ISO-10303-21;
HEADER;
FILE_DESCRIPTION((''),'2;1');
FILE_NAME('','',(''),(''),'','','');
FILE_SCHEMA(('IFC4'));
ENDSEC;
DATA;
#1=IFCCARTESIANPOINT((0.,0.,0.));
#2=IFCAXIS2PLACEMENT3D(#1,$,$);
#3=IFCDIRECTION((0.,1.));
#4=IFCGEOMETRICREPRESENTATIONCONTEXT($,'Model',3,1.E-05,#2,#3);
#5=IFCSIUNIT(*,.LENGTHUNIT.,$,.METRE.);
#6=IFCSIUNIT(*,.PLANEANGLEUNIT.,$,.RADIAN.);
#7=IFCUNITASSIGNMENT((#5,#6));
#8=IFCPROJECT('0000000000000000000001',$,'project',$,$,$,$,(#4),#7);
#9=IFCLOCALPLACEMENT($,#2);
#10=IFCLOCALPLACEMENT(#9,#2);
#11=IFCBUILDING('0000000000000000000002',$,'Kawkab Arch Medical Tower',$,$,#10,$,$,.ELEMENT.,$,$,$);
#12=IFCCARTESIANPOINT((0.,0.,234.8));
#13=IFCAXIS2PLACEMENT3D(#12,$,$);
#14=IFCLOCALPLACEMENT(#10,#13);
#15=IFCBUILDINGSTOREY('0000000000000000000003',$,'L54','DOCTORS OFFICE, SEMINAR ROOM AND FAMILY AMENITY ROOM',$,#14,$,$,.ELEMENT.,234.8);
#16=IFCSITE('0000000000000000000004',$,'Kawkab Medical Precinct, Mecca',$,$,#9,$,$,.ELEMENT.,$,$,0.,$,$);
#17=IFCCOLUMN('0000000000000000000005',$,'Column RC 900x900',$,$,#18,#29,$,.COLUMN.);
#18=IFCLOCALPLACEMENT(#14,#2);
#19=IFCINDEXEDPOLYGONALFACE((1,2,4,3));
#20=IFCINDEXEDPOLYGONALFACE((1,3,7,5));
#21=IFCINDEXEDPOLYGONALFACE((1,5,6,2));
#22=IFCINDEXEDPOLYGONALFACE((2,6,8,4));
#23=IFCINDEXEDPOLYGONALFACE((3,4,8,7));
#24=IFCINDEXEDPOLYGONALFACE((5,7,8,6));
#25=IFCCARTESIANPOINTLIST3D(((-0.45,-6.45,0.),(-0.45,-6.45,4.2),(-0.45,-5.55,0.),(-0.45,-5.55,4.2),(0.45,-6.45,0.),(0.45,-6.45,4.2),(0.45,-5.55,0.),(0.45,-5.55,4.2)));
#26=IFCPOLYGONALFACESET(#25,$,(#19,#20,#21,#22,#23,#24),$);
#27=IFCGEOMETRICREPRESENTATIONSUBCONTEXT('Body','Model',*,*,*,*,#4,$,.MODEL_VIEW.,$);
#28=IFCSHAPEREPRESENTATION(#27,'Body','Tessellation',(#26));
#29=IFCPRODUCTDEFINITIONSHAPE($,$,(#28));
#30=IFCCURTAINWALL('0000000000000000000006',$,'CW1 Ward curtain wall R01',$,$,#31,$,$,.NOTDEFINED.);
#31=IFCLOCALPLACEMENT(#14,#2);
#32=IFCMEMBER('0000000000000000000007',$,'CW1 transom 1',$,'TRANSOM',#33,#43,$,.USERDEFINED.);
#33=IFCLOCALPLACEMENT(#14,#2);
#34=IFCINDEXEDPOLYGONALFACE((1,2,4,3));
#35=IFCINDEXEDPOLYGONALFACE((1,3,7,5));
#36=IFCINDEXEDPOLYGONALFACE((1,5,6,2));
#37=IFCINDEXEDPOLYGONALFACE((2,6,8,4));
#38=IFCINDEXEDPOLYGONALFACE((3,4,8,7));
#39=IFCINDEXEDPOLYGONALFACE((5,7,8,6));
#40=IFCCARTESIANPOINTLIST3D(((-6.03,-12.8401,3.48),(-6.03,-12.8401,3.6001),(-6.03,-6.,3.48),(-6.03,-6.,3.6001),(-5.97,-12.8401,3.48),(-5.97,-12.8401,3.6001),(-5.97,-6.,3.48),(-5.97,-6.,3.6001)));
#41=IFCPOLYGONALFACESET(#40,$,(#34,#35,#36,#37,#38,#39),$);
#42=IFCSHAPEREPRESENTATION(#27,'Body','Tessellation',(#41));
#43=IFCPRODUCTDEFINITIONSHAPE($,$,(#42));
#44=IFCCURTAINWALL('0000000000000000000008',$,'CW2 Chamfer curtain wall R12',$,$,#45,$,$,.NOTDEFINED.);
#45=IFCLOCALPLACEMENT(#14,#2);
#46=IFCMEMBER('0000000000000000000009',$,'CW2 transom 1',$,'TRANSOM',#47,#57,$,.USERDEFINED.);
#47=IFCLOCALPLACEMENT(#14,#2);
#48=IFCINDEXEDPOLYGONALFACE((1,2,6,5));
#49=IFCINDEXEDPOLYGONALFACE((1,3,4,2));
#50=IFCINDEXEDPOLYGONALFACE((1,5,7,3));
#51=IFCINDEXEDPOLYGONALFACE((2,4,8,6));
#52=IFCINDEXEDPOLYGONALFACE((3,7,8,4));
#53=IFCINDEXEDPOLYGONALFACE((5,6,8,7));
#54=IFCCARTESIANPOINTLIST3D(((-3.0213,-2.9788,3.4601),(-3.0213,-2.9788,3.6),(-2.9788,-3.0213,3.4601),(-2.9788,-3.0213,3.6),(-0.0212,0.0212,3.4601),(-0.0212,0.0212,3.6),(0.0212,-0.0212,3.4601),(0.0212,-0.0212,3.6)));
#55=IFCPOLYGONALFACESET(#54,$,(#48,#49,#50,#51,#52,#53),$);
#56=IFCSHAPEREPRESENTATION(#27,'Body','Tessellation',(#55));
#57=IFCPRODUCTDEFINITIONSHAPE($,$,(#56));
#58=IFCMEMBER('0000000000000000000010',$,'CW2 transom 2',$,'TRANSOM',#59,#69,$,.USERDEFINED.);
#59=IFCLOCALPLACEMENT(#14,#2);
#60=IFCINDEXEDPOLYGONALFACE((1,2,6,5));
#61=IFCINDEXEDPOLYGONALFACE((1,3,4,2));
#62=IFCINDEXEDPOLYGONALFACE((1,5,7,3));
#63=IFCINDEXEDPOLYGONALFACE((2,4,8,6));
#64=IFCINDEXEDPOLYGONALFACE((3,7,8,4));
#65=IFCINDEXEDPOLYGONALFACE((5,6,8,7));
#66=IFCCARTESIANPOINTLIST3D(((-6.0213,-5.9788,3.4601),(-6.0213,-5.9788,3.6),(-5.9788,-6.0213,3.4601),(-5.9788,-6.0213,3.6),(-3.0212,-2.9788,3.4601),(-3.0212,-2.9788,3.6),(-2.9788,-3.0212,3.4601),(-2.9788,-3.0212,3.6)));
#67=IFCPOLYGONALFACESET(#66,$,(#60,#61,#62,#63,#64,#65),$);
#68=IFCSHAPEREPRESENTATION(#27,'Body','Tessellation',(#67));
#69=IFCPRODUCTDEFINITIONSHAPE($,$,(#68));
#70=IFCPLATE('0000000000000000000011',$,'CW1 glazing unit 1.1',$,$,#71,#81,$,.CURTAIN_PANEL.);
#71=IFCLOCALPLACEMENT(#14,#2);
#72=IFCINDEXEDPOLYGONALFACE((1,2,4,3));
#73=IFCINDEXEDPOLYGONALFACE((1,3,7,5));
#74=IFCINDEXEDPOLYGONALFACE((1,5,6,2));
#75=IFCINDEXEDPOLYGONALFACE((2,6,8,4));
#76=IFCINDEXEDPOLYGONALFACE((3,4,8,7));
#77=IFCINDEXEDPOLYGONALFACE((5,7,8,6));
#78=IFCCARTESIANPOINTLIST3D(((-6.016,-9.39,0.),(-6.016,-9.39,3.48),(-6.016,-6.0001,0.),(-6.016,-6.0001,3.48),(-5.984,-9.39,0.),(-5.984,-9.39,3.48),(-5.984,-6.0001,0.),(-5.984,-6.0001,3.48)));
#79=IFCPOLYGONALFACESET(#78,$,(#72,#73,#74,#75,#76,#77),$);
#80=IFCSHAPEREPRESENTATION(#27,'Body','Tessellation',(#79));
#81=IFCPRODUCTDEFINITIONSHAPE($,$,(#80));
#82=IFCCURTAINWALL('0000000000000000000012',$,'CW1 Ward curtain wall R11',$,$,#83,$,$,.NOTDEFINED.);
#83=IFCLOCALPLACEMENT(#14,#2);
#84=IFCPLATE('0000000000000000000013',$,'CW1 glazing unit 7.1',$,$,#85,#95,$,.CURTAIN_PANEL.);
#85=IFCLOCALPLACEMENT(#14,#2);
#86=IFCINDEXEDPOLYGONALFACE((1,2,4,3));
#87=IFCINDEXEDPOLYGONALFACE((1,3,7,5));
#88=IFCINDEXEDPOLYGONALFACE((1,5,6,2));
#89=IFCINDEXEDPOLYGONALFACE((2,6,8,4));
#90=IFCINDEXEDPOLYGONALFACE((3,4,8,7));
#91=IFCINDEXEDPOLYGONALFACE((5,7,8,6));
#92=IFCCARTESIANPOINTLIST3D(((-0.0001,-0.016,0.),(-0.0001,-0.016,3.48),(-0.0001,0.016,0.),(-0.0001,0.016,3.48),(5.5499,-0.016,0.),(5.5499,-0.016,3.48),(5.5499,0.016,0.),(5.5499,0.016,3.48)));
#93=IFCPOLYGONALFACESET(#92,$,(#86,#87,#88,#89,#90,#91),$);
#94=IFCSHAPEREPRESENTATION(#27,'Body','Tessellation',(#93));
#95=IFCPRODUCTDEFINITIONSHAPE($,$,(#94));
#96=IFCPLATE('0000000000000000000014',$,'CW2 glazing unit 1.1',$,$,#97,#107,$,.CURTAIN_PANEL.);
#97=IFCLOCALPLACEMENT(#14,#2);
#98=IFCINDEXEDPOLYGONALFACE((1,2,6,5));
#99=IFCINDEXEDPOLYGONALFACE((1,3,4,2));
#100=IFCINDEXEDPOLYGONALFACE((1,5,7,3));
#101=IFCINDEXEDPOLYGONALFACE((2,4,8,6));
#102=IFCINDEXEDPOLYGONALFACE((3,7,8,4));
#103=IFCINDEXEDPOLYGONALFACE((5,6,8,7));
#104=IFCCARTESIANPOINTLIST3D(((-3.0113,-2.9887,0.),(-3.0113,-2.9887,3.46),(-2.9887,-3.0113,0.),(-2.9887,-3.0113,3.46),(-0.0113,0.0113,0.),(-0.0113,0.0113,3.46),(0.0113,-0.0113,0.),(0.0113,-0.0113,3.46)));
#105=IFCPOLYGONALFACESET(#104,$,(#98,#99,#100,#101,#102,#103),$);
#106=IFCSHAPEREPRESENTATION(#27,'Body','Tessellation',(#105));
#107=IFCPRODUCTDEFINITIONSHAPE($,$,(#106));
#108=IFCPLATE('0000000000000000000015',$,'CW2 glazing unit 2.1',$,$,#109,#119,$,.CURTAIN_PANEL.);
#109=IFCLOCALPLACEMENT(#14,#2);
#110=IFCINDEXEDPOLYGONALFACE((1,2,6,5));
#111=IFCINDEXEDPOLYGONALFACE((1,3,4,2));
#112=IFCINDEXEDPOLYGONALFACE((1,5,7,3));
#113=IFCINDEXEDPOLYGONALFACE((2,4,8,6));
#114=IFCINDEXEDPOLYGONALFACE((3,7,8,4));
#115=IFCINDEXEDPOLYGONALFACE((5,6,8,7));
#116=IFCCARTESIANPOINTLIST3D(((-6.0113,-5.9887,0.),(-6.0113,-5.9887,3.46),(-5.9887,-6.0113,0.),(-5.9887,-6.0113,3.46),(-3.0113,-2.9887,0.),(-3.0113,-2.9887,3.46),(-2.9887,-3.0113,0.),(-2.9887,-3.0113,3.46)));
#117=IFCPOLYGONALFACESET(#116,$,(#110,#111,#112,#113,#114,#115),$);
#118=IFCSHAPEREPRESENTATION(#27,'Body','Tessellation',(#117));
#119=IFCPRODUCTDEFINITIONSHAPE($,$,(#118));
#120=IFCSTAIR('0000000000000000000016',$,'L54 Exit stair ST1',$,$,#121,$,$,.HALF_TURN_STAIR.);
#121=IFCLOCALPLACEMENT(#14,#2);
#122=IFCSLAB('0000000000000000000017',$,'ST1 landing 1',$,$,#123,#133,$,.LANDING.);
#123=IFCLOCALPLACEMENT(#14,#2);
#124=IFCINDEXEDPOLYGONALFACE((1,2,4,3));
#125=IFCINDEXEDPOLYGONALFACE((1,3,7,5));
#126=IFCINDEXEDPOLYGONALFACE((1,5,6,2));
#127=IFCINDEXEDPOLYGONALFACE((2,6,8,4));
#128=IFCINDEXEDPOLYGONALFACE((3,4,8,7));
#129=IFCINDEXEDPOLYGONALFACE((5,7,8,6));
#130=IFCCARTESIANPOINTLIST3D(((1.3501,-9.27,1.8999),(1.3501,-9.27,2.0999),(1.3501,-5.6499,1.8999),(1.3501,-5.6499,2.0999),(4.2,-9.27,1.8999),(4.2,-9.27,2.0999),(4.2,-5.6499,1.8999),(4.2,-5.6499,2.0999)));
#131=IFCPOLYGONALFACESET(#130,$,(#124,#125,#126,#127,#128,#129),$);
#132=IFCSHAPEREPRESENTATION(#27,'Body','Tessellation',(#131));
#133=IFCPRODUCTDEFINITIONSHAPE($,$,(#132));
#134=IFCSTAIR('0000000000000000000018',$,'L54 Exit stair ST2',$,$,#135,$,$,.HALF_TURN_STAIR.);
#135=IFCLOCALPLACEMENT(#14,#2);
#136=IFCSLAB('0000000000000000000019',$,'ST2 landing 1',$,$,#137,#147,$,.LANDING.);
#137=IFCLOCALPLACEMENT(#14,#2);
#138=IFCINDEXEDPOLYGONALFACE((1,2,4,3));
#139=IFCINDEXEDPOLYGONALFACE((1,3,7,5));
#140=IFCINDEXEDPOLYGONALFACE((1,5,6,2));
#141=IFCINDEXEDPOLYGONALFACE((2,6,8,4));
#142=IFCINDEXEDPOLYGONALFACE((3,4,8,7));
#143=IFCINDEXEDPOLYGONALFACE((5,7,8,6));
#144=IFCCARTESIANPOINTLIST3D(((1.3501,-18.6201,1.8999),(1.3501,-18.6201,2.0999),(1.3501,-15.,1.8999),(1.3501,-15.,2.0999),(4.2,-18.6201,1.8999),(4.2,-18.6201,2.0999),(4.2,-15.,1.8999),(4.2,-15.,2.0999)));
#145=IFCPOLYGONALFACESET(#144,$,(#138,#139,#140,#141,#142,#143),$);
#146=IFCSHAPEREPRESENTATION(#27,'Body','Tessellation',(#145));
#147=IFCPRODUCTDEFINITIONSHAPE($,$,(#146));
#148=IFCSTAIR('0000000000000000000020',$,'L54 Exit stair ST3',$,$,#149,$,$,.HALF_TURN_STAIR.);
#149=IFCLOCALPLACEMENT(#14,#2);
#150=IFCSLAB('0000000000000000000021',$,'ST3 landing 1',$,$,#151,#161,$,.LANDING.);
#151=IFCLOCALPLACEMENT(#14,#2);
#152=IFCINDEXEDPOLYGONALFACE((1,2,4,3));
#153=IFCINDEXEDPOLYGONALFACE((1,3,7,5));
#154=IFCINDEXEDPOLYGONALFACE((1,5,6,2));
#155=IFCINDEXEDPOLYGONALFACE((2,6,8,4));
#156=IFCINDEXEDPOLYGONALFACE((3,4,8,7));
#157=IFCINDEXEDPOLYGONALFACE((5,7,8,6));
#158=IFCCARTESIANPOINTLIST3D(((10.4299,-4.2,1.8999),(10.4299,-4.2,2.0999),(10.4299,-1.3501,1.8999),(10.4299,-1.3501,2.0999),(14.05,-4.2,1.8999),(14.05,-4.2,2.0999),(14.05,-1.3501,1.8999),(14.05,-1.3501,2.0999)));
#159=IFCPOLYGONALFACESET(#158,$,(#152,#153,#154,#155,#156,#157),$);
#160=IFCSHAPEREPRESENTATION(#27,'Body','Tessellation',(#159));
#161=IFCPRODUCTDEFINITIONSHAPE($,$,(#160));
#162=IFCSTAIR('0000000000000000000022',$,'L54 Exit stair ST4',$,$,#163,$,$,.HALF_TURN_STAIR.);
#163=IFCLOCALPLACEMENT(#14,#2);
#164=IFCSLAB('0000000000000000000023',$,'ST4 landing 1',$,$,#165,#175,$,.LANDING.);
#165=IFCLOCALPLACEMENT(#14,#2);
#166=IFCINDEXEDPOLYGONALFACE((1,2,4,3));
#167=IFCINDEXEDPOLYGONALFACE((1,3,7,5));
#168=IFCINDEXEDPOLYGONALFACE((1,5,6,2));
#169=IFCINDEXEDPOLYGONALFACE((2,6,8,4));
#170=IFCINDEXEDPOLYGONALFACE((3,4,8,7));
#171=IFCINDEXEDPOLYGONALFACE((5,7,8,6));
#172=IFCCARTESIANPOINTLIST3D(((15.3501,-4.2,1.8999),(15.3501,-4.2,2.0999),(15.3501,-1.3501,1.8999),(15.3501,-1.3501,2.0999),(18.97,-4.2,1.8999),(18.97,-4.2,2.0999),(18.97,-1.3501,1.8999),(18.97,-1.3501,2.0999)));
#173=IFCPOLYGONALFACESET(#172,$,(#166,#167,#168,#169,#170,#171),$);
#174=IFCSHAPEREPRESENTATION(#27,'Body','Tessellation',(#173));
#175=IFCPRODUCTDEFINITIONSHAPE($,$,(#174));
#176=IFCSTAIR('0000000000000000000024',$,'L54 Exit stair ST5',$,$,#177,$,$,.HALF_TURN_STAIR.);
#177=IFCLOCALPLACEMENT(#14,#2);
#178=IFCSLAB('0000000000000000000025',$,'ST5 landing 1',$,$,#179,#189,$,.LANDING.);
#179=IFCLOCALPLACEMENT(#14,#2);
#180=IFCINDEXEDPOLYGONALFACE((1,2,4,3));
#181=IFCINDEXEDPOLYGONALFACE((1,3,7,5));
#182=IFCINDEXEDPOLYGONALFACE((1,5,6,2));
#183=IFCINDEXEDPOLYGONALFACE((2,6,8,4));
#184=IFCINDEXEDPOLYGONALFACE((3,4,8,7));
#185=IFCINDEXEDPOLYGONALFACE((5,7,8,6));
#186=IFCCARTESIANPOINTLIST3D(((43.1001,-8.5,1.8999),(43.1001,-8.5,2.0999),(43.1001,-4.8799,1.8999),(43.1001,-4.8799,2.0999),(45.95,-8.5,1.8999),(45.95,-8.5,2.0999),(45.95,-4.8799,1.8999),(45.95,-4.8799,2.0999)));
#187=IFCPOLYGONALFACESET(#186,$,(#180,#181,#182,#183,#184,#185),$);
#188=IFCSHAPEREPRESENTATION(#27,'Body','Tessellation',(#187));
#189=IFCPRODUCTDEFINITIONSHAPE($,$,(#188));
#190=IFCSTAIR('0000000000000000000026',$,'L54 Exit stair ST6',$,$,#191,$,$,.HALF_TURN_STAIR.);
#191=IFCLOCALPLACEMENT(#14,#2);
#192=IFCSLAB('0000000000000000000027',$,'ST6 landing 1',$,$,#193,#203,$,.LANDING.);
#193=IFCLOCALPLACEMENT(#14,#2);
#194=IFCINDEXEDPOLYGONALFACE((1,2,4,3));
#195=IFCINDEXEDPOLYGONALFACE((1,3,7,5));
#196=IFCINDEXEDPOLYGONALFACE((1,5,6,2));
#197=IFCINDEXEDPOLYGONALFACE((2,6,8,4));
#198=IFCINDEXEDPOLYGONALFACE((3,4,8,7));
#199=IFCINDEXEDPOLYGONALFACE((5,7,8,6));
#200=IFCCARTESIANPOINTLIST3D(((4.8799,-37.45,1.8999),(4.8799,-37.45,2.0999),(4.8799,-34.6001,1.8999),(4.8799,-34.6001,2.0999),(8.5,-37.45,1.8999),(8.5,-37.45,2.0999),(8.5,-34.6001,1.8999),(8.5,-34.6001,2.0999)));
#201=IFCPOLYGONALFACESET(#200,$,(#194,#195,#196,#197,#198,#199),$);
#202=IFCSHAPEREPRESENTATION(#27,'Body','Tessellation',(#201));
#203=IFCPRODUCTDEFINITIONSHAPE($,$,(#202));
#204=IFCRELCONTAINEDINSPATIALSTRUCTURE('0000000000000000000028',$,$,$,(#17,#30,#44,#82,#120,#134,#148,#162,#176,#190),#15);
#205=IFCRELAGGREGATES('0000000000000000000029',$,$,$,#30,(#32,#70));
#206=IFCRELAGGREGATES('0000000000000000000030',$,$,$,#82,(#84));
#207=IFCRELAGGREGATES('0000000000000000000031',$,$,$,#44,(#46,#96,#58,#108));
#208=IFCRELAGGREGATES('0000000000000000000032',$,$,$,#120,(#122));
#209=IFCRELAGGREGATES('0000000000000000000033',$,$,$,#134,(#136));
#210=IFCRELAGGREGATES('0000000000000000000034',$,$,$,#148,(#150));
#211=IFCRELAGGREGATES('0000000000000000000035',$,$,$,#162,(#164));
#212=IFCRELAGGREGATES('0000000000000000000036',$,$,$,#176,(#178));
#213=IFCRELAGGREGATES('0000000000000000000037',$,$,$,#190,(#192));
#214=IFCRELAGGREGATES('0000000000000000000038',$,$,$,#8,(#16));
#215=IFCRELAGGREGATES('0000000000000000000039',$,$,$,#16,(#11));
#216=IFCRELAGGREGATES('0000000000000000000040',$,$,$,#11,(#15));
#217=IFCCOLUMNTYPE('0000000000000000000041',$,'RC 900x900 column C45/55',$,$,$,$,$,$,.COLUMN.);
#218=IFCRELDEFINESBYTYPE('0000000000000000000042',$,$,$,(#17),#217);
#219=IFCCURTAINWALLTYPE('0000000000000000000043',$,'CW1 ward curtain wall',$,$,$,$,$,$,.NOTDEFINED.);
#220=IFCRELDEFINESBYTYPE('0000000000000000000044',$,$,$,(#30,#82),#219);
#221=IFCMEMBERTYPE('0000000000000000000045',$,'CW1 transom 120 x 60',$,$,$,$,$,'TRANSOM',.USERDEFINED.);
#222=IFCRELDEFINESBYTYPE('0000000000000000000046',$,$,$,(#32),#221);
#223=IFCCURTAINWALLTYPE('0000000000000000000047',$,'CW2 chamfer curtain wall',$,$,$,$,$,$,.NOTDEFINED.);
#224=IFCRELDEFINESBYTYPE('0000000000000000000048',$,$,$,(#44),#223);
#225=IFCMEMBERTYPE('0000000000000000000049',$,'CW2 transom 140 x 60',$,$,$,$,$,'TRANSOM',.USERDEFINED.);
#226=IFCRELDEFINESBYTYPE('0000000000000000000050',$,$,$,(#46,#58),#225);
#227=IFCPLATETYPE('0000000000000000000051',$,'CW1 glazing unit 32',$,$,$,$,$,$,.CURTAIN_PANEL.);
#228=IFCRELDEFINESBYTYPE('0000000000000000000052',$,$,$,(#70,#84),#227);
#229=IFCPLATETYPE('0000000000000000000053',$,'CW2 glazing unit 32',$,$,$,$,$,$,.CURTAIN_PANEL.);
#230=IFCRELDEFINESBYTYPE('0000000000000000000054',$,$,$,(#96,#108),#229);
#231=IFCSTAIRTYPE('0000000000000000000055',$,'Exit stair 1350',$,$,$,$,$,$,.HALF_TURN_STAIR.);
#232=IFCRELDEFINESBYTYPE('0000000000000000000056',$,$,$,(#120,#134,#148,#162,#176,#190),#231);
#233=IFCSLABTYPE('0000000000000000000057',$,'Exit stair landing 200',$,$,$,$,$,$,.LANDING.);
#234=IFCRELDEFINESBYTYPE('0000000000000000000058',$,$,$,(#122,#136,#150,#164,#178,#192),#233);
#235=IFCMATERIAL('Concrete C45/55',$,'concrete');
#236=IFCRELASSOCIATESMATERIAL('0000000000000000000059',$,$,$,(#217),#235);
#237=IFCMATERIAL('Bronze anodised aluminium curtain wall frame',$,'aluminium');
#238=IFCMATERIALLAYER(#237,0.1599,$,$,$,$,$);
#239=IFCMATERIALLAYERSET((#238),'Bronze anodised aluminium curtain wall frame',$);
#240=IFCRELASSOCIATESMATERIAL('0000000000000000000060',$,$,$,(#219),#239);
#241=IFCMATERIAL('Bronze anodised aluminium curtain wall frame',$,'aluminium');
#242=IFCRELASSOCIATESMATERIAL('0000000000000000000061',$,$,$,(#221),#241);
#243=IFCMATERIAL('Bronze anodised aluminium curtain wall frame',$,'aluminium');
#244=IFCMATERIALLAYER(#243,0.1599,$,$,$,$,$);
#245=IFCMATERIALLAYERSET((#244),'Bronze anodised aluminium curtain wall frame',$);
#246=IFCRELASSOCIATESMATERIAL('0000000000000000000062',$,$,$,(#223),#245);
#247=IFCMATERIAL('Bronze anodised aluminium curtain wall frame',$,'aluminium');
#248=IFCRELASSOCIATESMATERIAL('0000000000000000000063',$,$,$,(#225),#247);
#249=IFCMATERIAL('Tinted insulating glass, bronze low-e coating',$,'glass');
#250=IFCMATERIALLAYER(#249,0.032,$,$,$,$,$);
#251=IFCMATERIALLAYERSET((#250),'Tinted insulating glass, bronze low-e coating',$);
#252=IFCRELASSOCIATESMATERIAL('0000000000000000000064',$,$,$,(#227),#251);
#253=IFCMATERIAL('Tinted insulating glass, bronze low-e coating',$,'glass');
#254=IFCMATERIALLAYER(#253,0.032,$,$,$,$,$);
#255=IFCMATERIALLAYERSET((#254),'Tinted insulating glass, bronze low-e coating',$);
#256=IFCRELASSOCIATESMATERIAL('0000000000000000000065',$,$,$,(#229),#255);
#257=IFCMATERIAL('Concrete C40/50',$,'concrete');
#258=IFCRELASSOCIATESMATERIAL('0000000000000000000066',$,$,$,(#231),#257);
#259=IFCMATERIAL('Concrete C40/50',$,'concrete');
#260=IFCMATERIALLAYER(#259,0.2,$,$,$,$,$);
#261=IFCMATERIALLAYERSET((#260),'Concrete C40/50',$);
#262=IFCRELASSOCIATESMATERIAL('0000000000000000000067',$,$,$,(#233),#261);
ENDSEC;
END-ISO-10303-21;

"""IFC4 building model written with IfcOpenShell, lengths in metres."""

from ifc_helpers import new_model, si_unit, direction, frame, origin, origin_2d, place, context, subcontext, project, spatial, polyline, rectangle, outline, extrude, material, layer, layer_set, material_profile, profile_set, type_object, element, aggregate, save


model = new_model("IFC4")

# Units and contexts
model_context = context("Model", 3, precision=1e-05, world=origin(), true_north=direction((0.0, 1.0)))
body_context = subcontext(model_context, "Body", "Model", "MODEL_VIEW")
ifc_project = project(units=[si_unit("LENGTHUNIT", "METRE"), si_unit("PLANEANGLEUNIT", "RADIAN")], contexts=[model_context])

# Site, building, storey
site_placement = place(None, origin())
site = spatial("IfcSite", under=ifc_project, at=site_placement, Name="Kawkab Medical Precinct, Mecca", CompositionType="ELEMENT", RefElevation=0.0)
building_placement = place(site_placement, origin())
building = spatial("IfcBuilding", under=site, at=building_placement, Name="Kawkab Arch Medical Tower", CompositionType="ELEMENT")
storey_placement = place(building_placement, frame((0.0, 0.0, 234.8)))
storey = spatial("IfcBuildingStorey", under=building, at=storey_placement, Name="L54", Description="DOCTORS OFFICE, SEMINAR ROOM AND FAMILY AMENITY ROOM", CompositionType="ELEMENT", Elevation=234.8)

# Column
ifc_material_1 = material(Name="Concrete C45/55", Category="concrete")
ifc_material_profile_1 = material_profile(ifc_material_1, rectangle(XDim=0.8999, YDim=0.8999, at=origin_2d()), Name="RC 900x900")
ifc_profile_set_1 = profile_set([ifc_material_profile_1], Name="Concrete C45/55")
column_type = type_object("IfcColumnType", Name="RC 900x900 column C45/55", PredefinedType="COLUMN", material=ifc_profile_set_1)
column_placement = place(storey_placement, frame((0.0, -6.0, 0.0), z_axis=(0.0, 0.0, 1.0), x_axis=(1.0, 0.0, 0.0)))
element("IfcColumn", 1, at=column_placement, inside=storey, type_object=column_type, Name="Column RC 900x900", PredefinedType="COLUMN", context=body_context, shape_type="SweptSolid", body=[
    extrude(rectangle(XDim=0.8999, YDim=0.8999, at=origin_2d()), origin(), (0.0, 0.0, 1.0), 4.2),
])

# Curtain wall, member
ifc_material_2 = material(Name="Bronze anodised aluminium curtain wall frame", Category="aluminium")
ifc_layer_1 = layer(ifc_material_2, 0.1599)
ifc_layer_set_1 = layer_set([ifc_layer_1], Name="Bronze anodised aluminium curtain wall frame")
curtain_wall_type_1 = type_object("IfcCurtainWallType", Name="CW1 ward curtain wall", PredefinedType="NOTDEFINED", material=ifc_layer_set_1)
placement_1 = place(storey_placement, origin())
curtain_wall_1 = element("IfcCurtainWall", 2, at=placement_1, inside=storey, type_object=curtain_wall_type_1, Name="CW1 Ward curtain wall R01", PredefinedType="NOTDEFINED")
ifc_material_3 = material(Name="Bronze anodised aluminium curtain wall frame", Category="aluminium")
ifc_material_profile_2 = material_profile(ifc_material_3, rectangle(XDim=0.0601, YDim=0.1201, at=origin_2d()), Name="AL 60x120")
ifc_profile_set_2 = profile_set([ifc_material_profile_2], Name="Bronze anodised aluminium curtain wall frame")
member_type_1 = type_object("IfcMemberType", Name="CW1 transom 120 x 60", ElementType="TRANSOM", PredefinedType="USERDEFINED", material=ifc_profile_set_2)
member_1_placement = place(storey_placement, frame((-6.0, -6.0, 3.54), z_axis=(0.0, -1.0, 0.0), x_axis=(1.0, 0.0, 0.0)))
member_1 = element("IfcMember", 3, at=member_1_placement, type_object=member_type_1, Name="CW1 transom 1", ObjectType="TRANSOM", PredefinedType="USERDEFINED", context=body_context, shape_type="SweptSolid", body=[
    extrude(rectangle(XDim=0.0601, YDim=0.1201, at=origin_2d()), origin(), (0.0, 0.0, 1.0), 6.8401),
])

# Curtain wall, members
ifc_material_4 = material(Name="Bronze anodised aluminium curtain wall frame", Category="aluminium")
ifc_layer_2 = layer(ifc_material_4, 0.1599)
ifc_layer_set_2 = layer_set([ifc_layer_2], Name="Bronze anodised aluminium curtain wall frame")
curtain_wall_type_2 = type_object("IfcCurtainWallType", Name="CW2 chamfer curtain wall", PredefinedType="NOTDEFINED", material=ifc_layer_set_2)
curtain_wall_2 = element("IfcCurtainWall", 4, at=placement_1, inside=storey, type_object=curtain_wall_type_2, Name="CW2 Chamfer curtain wall R12", PredefinedType="NOTDEFINED")
ifc_material_5 = material(Name="Bronze anodised aluminium curtain wall frame", Category="aluminium")
ifc_material_profile_3 = material_profile(ifc_material_5, rectangle(XDim=0.0601, YDim=0.1399, at=origin_2d()), Name="AL 60x140")
ifc_profile_set_3 = profile_set([ifc_material_profile_3], Name="Bronze anodised aluminium curtain wall frame")
member_type_2 = type_object("IfcMemberType", Name="CW2 transom 140 x 60", ElementType="TRANSOM", PredefinedType="USERDEFINED", material=ifc_profile_set_3)
member_2_placement = place(storey_placement, frame((0.0, 0.0, 3.53), z_axis=(-0.707107, -0.707107, 0.0), x_axis=(0.707107, -0.707107, 0.0)))
member_2 = element("IfcMember", 5, at=member_2_placement, type_object=member_type_2, Name="CW2 transom 1", ObjectType="TRANSOM", PredefinedType="USERDEFINED", context=body_context, shape_type="SweptSolid", body=[
    extrude(rectangle(XDim=0.0601, YDim=0.1399, at=origin_2d()), origin(), (0.0, 0.0, 1.0), 4.2427),
])
member_3_placement = place(storey_placement, frame((-3.0, -3.0, 3.53), z_axis=(-0.707107, -0.707107, 0.0), x_axis=(0.707107, -0.707107, 0.0)))
member_3 = element("IfcMember", 6, at=member_3_placement, type_object=member_type_2, Name="CW2 transom 2", ObjectType="TRANSOM", PredefinedType="USERDEFINED", context=body_context, shape_type="SweptSolid", body=[
    extrude(rectangle(XDim=0.0601, YDim=0.1399, at=origin_2d()), origin(), (0.0, 0.0, 1.0), 4.2427),
])

# Plate
ifc_material_6 = material(Name="Tinted insulating glass, bronze low-e coating", Category="glass")
ifc_layer_3 = layer(ifc_material_6, 0.032)
ifc_layer_set_3 = layer_set([ifc_layer_3], Name="Tinted insulating glass, bronze low-e coating")
plate_type_1 = type_object("IfcPlateType", Name="CW1 glazing unit 32", PredefinedType="CURTAIN_PANEL", material=ifc_layer_set_3)
plate_1_placement = place(storey_placement, frame((-6.0, -7.6951, 0.0), z_axis=(0.0, 0.0, 1.0), x_axis=(0.0, -1.0, 0.0)))
plate_1 = element("IfcPlate", 7, at=plate_1_placement, type_object=plate_type_1, Name="CW1 glazing unit 1.1", PredefinedType="CURTAIN_PANEL", context=body_context, shape_type="SweptSolid", body=[
    extrude(rectangle(XDim=3.3899, YDim=0.032, at=origin_2d()), origin(), (0.0, 0.0, 1.0), 3.48),
])
aggregate(curtain_wall_1, [member_1, plate_1])

# Curtain wall, plate
curtain_wall_3 = element("IfcCurtainWall", 8, at=placement_1, inside=storey, type_object=curtain_wall_type_1, Name="CW1 Ward curtain wall R11", PredefinedType="NOTDEFINED")
plate_2_placement = place(storey_placement, frame((2.7749, 0.0, 0.0), z_axis=(0.0, 0.0, 1.0), x_axis=(-1.0, 0.0, 0.0)))
plate_2 = element("IfcPlate", 9, at=plate_2_placement, type_object=plate_type_1, Name="CW1 glazing unit 7.1", PredefinedType="CURTAIN_PANEL", context=body_context, shape_type="SweptSolid", body=[
    extrude(rectangle(XDim=5.55, YDim=0.032, at=origin_2d()), origin(), (0.0, 0.0, 1.0), 3.48),
])
aggregate(curtain_wall_3, [plate_2])

# Plates
ifc_material_7 = material(Name="Tinted insulating glass, bronze low-e coating", Category="glass")
ifc_layer_4 = layer(ifc_material_7, 0.032)
ifc_layer_set_4 = layer_set([ifc_layer_4], Name="Tinted insulating glass, bronze low-e coating")
plate_type_2 = type_object("IfcPlateType", Name="CW2 glazing unit 32", PredefinedType="CURTAIN_PANEL", material=ifc_layer_set_4)
plate_3_placement = place(storey_placement, frame((-1.5, -1.5, 0.0), z_axis=(0.0, 0.0, 1.0), x_axis=(-0.707107, -0.707107, 0.0)))
plate_3 = element("IfcPlate", 10, at=plate_3_placement, type_object=plate_type_2, Name="CW2 glazing unit 1.1", PredefinedType="CURTAIN_PANEL", context=body_context, shape_type="SweptSolid", body=[
    extrude(rectangle(XDim=4.2427, YDim=0.032, at=origin_2d()), origin(), (0.0, 0.0, 1.0), 3.46),
])
plate_4_placement = place(storey_placement, frame((-4.5, -4.5, 0.0), z_axis=(0.0, 0.0, 1.0), x_axis=(-0.707107, -0.707107, 0.0)))
plate_4 = element("IfcPlate", 11, at=plate_4_placement, type_object=plate_type_2, Name="CW2 glazing unit 2.1", PredefinedType="CURTAIN_PANEL", context=body_context, shape_type="SweptSolid", body=[
    extrude(rectangle(XDim=4.2427, YDim=0.032, at=origin_2d()), origin(), (0.0, 0.0, 1.0), 3.46),
])
aggregate(curtain_wall_2, [member_2, plate_3, member_3, plate_4])

# Stairs, slabs
ifc_material_8 = material(Name="Concrete C40/50", Category="concrete")
stair_type = type_object("IfcStairType", Name="Exit stair 1350", PredefinedType="HALF_TURN_STAIR", material=ifc_material_8)
stair_1 = element("IfcStair", 12, at=placement_1, inside=storey, type_object=stair_type, Name="L54 Exit stair ST1", PredefinedType="HALF_TURN_STAIR")
ifc_material_9 = material(Name="Concrete C40/50", Category="concrete")
ifc_layer_5 = layer(ifc_material_9, 0.2)
ifc_layer_set_5 = layer_set([ifc_layer_5], Name="Concrete C40/50")
slab_type_1 = type_object("IfcSlabType", Name="Exit stair landing 200", PredefinedType="LANDING", material=ifc_layer_set_5)
placement_2 = place(storey_placement, frame((0.0, 0.0, 1.8999)))
slab_1 = element("IfcSlab", 13, at=placement_2, type_object=slab_type_1, Name="ST1 landing 1", PredefinedType="LANDING", context=body_context, shape_type="SweptSolid", body=[
    extrude(outline(polyline([(4.2, -9.27), (4.2, -5.6499), (1.3501, -5.6499), (1.3501, -9.27), (4.2, -9.27)])), origin(), (0.0, 0.0, 1.0), 0.2),
])
aggregate(stair_1, [slab_1])
stair_2 = element("IfcStair", 14, at=placement_1, inside=storey, type_object=stair_type, Name="L54 Exit stair ST2", PredefinedType="HALF_TURN_STAIR")
slab_2 = element("IfcSlab", 15, at=placement_2, type_object=slab_type_1, Name="ST2 landing 1", PredefinedType="LANDING", context=body_context, shape_type="SweptSolid", body=[
    extrude(outline(polyline([(4.2, -18.6201), (4.2, -15.0), (1.3501, -15.0), (1.3501, -18.6201), (4.2, -18.6201)])), origin(), (0.0, 0.0, 1.0), 0.2),
])
aggregate(stair_2, [slab_2])
stair_3 = element("IfcStair", 16, at=placement_1, inside=storey, type_object=stair_type, Name="L54 Exit stair ST3", PredefinedType="HALF_TURN_STAIR")
slab_3 = element("IfcSlab", 17, at=placement_2, type_object=slab_type_1, Name="ST3 landing 1", PredefinedType="LANDING", context=body_context, shape_type="SweptSolid", body=[
    extrude(outline(polyline([(10.4299, -4.2), (14.05, -4.2), (14.05, -1.3501), (10.4299, -1.3501), (10.4299, -4.2)])), origin(), (0.0, 0.0, 1.0), 0.2),
])
aggregate(stair_3, [slab_3])
stair_4 = element("IfcStair", 18, at=placement_1, inside=storey, type_object=stair_type, Name="L54 Exit stair ST4", PredefinedType="HALF_TURN_STAIR")
slab_4 = element("IfcSlab", 19, at=placement_2, type_object=slab_type_1, Name="ST4 landing 1", PredefinedType="LANDING", context=body_context, shape_type="SweptSolid", body=[
    extrude(outline(polyline([(18.97, -1.3501), (15.3501, -1.3501), (15.3501, -4.2), (18.97, -4.2), (18.97, -1.3501)])), origin(), (0.0, 0.0, 1.0), 0.2),
])
aggregate(stair_4, [slab_4])
stair_5 = element("IfcStair", 20, at=placement_1, inside=storey, type_object=stair_type, Name="L54 Exit stair ST5", PredefinedType="HALF_TURN_STAIR")
slab_5 = element("IfcSlab", 21, at=placement_2, type_object=slab_type_1, Name="ST5 landing 1", PredefinedType="LANDING", context=body_context, shape_type="SweptSolid", body=[
    extrude(outline(polyline([(43.1001, -4.8799), (43.1001, -8.5), (45.95, -8.5), (45.95, -4.8799), (43.1001, -4.8799)])), origin(), (0.0, 0.0, 1.0), 0.2),
])
aggregate(stair_5, [slab_5])
stair_6 = element("IfcStair", 22, at=placement_1, inside=storey, type_object=stair_type, Name="L54 Exit stair ST6", PredefinedType="HALF_TURN_STAIR")
slab_6 = element("IfcSlab", 23, at=placement_2, type_object=slab_type_1, Name="ST6 landing 1", PredefinedType="LANDING", context=body_context, shape_type="SweptSolid", body=[
    extrude(outline(polyline([(4.8799, -37.45), (8.5, -37.45), (8.5, -34.6001), (4.8799, -34.6001), (4.8799, -37.45)])), origin(), (0.0, 0.0, 1.0), 0.2),
])
aggregate(stair_6, [slab_6])

save(model, "model.ifc")
